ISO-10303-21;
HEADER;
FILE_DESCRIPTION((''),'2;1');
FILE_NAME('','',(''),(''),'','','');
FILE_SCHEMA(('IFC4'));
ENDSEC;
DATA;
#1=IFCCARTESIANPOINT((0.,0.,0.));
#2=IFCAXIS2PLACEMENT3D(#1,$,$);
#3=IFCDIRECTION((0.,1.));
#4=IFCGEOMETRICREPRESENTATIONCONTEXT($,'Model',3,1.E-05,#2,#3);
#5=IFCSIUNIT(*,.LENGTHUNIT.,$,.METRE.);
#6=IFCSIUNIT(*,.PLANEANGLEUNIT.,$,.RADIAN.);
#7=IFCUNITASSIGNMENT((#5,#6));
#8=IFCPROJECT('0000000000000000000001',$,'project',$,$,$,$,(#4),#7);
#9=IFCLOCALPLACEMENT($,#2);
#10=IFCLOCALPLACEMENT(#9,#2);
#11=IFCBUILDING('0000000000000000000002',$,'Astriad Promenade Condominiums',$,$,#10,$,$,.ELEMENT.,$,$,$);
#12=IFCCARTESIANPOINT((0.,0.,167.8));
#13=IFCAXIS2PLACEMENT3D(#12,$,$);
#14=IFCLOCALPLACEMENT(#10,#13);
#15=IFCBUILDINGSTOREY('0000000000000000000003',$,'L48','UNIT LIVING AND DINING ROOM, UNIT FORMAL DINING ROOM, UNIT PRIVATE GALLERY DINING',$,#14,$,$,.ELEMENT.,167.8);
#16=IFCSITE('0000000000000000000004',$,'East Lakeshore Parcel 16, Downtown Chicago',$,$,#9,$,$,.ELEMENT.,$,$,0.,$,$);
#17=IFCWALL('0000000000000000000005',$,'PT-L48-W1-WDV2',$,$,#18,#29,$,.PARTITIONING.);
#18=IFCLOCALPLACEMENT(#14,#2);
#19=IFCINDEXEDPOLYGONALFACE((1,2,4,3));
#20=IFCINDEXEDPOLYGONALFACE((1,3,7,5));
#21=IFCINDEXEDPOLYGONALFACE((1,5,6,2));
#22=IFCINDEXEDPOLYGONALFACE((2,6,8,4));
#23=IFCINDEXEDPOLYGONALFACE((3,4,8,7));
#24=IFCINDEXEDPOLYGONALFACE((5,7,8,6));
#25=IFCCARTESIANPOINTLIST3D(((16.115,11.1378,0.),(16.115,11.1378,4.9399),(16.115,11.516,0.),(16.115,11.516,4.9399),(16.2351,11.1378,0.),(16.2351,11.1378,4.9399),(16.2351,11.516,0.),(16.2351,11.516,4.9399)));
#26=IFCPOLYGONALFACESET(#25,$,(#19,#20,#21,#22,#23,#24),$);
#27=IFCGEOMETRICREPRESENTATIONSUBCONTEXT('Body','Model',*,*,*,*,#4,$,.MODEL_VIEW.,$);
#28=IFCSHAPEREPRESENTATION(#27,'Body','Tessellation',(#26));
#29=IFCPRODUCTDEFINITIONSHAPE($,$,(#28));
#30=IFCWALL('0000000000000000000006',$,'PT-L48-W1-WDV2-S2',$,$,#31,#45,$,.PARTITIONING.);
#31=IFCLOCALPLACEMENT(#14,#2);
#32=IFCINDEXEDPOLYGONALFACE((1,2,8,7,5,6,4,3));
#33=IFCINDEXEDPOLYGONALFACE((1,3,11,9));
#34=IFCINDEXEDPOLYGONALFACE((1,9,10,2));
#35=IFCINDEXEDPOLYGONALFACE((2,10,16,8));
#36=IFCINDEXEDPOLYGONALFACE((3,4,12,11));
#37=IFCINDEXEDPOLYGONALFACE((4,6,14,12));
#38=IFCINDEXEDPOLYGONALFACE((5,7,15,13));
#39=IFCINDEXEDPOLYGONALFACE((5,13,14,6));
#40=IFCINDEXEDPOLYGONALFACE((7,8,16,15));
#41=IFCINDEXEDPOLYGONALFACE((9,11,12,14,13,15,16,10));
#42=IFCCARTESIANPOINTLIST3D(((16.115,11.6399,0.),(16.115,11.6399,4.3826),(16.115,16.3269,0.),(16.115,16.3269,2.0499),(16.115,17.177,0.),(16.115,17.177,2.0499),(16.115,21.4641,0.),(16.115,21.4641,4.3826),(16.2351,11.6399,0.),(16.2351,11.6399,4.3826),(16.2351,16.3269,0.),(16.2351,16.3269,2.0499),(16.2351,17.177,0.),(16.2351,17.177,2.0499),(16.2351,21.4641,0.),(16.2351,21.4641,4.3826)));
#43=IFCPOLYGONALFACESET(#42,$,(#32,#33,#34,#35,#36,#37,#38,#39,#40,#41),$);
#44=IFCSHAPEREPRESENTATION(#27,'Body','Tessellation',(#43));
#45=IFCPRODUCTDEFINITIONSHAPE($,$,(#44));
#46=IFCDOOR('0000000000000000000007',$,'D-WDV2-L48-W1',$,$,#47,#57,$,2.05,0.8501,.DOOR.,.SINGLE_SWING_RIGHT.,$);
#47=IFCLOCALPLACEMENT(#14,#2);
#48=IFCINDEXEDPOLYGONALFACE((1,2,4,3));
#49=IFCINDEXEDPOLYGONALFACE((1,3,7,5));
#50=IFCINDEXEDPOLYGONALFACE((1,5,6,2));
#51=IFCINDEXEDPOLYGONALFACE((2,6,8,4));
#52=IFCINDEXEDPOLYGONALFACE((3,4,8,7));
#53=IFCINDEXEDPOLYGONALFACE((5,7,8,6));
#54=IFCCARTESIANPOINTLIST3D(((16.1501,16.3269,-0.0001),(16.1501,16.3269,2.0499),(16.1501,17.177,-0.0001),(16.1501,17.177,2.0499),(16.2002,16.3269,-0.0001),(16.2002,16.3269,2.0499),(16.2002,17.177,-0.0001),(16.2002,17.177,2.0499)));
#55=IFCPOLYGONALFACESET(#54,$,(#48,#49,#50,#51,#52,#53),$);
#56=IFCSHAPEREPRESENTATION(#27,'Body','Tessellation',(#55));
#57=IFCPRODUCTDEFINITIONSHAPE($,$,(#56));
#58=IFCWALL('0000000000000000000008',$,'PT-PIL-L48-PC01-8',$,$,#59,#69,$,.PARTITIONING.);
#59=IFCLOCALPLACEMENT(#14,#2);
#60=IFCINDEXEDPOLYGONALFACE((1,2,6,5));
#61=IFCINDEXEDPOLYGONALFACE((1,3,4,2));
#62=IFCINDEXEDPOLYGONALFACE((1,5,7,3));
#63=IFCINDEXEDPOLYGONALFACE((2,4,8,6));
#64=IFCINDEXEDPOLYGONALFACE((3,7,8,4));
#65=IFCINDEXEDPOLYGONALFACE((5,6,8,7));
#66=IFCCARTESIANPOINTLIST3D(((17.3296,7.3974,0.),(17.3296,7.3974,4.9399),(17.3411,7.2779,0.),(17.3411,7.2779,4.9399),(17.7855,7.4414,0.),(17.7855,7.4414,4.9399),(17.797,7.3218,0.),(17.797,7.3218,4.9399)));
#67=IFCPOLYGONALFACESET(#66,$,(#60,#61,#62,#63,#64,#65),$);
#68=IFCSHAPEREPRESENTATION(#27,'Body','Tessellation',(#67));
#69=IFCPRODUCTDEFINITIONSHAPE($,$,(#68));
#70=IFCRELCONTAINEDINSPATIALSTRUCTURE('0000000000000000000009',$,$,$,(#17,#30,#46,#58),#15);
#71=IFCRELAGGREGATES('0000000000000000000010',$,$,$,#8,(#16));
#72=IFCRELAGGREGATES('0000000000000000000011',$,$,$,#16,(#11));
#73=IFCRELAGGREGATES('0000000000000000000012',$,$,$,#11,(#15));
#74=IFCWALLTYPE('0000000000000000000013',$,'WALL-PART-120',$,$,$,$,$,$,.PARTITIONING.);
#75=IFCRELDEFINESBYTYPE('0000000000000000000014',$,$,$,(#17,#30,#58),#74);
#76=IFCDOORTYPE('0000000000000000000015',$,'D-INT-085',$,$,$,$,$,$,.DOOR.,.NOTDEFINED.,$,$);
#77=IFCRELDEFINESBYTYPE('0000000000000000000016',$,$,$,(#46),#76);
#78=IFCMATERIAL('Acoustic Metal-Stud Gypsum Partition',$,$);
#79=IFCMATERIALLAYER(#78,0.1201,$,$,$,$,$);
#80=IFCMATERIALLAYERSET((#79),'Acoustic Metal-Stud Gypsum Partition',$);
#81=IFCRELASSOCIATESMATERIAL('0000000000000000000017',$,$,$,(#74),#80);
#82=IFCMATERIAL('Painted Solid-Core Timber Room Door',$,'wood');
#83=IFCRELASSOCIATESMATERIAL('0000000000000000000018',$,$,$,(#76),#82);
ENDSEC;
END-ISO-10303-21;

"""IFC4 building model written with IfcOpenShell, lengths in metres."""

from ifc_helpers import new_model, si_unit, direction, frame, frame_2d, origin, place, context, subcontext, project, spatial, rectangle, extrude, source, transform, mapped, material, layer, layer_set, type_object, type_shapes, element, fill, save


model = new_model("IFC4")

# Units and contexts
model_context = context("Model", 3, precision=1e-05, world=origin(), true_north=direction((0.0, 1.0)))
body_context = subcontext(model_context, "Body", "Model", "MODEL_VIEW")
ifc_project = project(units=[si_unit("LENGTHUNIT", "METRE"), si_unit("PLANEANGLEUNIT", "RADIAN")], contexts=[model_context])

# Site, building, storey
site_placement = place(None, origin())
site = spatial("IfcSite", under=ifc_project, at=site_placement, Name="East Lakeshore Parcel 16, Downtown Chicago", CompositionType="ELEMENT", RefElevation=0.0)
building_placement = place(site_placement, origin())
building = spatial("IfcBuilding", under=site, at=building_placement, Name="Astriad Promenade Condominiums", CompositionType="ELEMENT")
storey_placement = place(building_placement, frame((0.0, 0.0, 167.8)))
storey = spatial("IfcBuildingStorey", under=building, at=storey_placement, Name="L48", Description="UNIT LIVING AND DINING ROOM, UNIT FORMAL DINING ROOM, UNIT PRIVATE GALLERY DINING", CompositionType="ELEMENT", Elevation=167.8)

# Shared definitions
ifc_material_1 = material(Name="Acoustic Metal-Stud Gypsum Partition")
ifc_layer_1 = layer(ifc_material_1, 0.1201)
ifc_layer_set_1 = layer_set([ifc_layer_1], Name="Acoustic Metal-Stud Gypsum Partition")
wall_type_1 = type_object("IfcWallType", Name="WALL-PART-120", PredefinedType="PARTITIONING", material=ifc_layer_set_1)
ifc_material_2 = material(Name="Painted Solid-Core Timber Room Door", Category="wood")
door_type_1 = type_object("IfcDoorType", Name="D-INT-085", OperationType="NOTDEFINED", PredefinedType="DOOR", material=ifc_material_2)
shared_shape_1 = source(origin(), body_context, "Body", "SweptSolid", [
    extrude(rectangle(XDim=0.8501, YDim=2.05, at=frame_2d((0.425, 1.0249))), frame((0.0, 0.0249, 0.0), z_axis=(0.0, -1.0, 0.0), x_axis=(1.0, 0.0, 0.0)), (0.0, 0.0, 1.0), 0.05),
])
type_shapes(door_type_1, [shared_shape_1])

# Wall
wall_1_placement = place(storey_placement, frame((16.175, 11.1379, 0.0), z_axis=(0.0, 0.0, 1.0), x_axis=(0.0, 1.0, 0.0)))
element("IfcWall", 1, at=wall_1_placement, inside=storey, type_object=wall_type_1, Name="PT-L48-W1-WDV2", PredefinedType="PARTITIONING", context=body_context, shape_type="SweptSolid", body=[
    extrude(rectangle(XDim=0.3782, YDim=0.1201, at=frame_2d((0.189, 0.0))), origin(), (0.0, 0.0, 1.0), 4.9399),
])

# Wall, opening, door
wall_2_placement = place(storey_placement, frame((16.175, 11.6399, 0.0), z_axis=(0.0, 0.0, 1.0), x_axis=(0.0, 1.0, 0.0)))
wall_2 = element("IfcWall", 2, at=wall_2_placement, inside=storey, type_object=wall_type_1, Name="PT-L48-W1-WDV2-S2", PredefinedType="PARTITIONING", context=body_context, shape_type="SweptSolid", body=[
    extrude(rectangle(XDim=9.8242, YDim=0.1201, at=frame_2d((4.9121, 0.0))), origin(), (0.0, 0.0, 1.0), 4.3826),
])
opening_1_placement = place(wall_2_placement, frame((4.687, 0.0, 0.0)))
opening_1 = element("IfcOpeningElement", 3, at=opening_1_placement, cuts=wall_2, PredefinedType="OPENING", context=body_context, shape_type="SweptSolid", body=[
    extrude(rectangle(XDim=0.8501, YDim=2.05, at=frame_2d((0.425, 1.0249))), frame((0.0, 0.0701, 0.0), z_axis=(0.0, -1.0, 0.0), x_axis=(1.0, 0.0, 0.0)), (0.0, 0.0, 1.0), 0.1401),
])
door_1_placement = place(opening_1_placement, origin())
door_1 = element("IfcDoor", 4, at=door_1_placement, inside=storey, type_object=door_type_1, Name="D-WDV2-L48-W1", OperationType="SINGLE_SWING_RIGHT", OverallHeight=2.05, OverallWidth=0.8501, PredefinedType="DOOR", context=body_context, shape_type="MappedRepresentation", body=[
    mapped(shared_shape_1, transform((0.0, 0.0, 0.0), scale=1.0)),
])
fill(opening_1, door_1)

# Wall
wall_3_placement = place(storey_placement, frame((17.7913, 7.3816, 0.0), z_axis=(0.0, 0.0, 1.0), x_axis=(-0.995385, -0.095966, 0.0)))
element("IfcWall", 5, at=wall_3_placement, inside=storey, type_object=wall_type_1, Name="PT-PIL-L48-PC01-8", PredefinedType="PARTITIONING", context=body_context, shape_type="SweptSolid", body=[
    extrude(rectangle(XDim=0.458, YDim=0.1201, at=frame_2d((0.229, 0.0))), origin(), (0.0, 0.0, 1.0), 4.9399),
])

save(model, "model.ifc")
